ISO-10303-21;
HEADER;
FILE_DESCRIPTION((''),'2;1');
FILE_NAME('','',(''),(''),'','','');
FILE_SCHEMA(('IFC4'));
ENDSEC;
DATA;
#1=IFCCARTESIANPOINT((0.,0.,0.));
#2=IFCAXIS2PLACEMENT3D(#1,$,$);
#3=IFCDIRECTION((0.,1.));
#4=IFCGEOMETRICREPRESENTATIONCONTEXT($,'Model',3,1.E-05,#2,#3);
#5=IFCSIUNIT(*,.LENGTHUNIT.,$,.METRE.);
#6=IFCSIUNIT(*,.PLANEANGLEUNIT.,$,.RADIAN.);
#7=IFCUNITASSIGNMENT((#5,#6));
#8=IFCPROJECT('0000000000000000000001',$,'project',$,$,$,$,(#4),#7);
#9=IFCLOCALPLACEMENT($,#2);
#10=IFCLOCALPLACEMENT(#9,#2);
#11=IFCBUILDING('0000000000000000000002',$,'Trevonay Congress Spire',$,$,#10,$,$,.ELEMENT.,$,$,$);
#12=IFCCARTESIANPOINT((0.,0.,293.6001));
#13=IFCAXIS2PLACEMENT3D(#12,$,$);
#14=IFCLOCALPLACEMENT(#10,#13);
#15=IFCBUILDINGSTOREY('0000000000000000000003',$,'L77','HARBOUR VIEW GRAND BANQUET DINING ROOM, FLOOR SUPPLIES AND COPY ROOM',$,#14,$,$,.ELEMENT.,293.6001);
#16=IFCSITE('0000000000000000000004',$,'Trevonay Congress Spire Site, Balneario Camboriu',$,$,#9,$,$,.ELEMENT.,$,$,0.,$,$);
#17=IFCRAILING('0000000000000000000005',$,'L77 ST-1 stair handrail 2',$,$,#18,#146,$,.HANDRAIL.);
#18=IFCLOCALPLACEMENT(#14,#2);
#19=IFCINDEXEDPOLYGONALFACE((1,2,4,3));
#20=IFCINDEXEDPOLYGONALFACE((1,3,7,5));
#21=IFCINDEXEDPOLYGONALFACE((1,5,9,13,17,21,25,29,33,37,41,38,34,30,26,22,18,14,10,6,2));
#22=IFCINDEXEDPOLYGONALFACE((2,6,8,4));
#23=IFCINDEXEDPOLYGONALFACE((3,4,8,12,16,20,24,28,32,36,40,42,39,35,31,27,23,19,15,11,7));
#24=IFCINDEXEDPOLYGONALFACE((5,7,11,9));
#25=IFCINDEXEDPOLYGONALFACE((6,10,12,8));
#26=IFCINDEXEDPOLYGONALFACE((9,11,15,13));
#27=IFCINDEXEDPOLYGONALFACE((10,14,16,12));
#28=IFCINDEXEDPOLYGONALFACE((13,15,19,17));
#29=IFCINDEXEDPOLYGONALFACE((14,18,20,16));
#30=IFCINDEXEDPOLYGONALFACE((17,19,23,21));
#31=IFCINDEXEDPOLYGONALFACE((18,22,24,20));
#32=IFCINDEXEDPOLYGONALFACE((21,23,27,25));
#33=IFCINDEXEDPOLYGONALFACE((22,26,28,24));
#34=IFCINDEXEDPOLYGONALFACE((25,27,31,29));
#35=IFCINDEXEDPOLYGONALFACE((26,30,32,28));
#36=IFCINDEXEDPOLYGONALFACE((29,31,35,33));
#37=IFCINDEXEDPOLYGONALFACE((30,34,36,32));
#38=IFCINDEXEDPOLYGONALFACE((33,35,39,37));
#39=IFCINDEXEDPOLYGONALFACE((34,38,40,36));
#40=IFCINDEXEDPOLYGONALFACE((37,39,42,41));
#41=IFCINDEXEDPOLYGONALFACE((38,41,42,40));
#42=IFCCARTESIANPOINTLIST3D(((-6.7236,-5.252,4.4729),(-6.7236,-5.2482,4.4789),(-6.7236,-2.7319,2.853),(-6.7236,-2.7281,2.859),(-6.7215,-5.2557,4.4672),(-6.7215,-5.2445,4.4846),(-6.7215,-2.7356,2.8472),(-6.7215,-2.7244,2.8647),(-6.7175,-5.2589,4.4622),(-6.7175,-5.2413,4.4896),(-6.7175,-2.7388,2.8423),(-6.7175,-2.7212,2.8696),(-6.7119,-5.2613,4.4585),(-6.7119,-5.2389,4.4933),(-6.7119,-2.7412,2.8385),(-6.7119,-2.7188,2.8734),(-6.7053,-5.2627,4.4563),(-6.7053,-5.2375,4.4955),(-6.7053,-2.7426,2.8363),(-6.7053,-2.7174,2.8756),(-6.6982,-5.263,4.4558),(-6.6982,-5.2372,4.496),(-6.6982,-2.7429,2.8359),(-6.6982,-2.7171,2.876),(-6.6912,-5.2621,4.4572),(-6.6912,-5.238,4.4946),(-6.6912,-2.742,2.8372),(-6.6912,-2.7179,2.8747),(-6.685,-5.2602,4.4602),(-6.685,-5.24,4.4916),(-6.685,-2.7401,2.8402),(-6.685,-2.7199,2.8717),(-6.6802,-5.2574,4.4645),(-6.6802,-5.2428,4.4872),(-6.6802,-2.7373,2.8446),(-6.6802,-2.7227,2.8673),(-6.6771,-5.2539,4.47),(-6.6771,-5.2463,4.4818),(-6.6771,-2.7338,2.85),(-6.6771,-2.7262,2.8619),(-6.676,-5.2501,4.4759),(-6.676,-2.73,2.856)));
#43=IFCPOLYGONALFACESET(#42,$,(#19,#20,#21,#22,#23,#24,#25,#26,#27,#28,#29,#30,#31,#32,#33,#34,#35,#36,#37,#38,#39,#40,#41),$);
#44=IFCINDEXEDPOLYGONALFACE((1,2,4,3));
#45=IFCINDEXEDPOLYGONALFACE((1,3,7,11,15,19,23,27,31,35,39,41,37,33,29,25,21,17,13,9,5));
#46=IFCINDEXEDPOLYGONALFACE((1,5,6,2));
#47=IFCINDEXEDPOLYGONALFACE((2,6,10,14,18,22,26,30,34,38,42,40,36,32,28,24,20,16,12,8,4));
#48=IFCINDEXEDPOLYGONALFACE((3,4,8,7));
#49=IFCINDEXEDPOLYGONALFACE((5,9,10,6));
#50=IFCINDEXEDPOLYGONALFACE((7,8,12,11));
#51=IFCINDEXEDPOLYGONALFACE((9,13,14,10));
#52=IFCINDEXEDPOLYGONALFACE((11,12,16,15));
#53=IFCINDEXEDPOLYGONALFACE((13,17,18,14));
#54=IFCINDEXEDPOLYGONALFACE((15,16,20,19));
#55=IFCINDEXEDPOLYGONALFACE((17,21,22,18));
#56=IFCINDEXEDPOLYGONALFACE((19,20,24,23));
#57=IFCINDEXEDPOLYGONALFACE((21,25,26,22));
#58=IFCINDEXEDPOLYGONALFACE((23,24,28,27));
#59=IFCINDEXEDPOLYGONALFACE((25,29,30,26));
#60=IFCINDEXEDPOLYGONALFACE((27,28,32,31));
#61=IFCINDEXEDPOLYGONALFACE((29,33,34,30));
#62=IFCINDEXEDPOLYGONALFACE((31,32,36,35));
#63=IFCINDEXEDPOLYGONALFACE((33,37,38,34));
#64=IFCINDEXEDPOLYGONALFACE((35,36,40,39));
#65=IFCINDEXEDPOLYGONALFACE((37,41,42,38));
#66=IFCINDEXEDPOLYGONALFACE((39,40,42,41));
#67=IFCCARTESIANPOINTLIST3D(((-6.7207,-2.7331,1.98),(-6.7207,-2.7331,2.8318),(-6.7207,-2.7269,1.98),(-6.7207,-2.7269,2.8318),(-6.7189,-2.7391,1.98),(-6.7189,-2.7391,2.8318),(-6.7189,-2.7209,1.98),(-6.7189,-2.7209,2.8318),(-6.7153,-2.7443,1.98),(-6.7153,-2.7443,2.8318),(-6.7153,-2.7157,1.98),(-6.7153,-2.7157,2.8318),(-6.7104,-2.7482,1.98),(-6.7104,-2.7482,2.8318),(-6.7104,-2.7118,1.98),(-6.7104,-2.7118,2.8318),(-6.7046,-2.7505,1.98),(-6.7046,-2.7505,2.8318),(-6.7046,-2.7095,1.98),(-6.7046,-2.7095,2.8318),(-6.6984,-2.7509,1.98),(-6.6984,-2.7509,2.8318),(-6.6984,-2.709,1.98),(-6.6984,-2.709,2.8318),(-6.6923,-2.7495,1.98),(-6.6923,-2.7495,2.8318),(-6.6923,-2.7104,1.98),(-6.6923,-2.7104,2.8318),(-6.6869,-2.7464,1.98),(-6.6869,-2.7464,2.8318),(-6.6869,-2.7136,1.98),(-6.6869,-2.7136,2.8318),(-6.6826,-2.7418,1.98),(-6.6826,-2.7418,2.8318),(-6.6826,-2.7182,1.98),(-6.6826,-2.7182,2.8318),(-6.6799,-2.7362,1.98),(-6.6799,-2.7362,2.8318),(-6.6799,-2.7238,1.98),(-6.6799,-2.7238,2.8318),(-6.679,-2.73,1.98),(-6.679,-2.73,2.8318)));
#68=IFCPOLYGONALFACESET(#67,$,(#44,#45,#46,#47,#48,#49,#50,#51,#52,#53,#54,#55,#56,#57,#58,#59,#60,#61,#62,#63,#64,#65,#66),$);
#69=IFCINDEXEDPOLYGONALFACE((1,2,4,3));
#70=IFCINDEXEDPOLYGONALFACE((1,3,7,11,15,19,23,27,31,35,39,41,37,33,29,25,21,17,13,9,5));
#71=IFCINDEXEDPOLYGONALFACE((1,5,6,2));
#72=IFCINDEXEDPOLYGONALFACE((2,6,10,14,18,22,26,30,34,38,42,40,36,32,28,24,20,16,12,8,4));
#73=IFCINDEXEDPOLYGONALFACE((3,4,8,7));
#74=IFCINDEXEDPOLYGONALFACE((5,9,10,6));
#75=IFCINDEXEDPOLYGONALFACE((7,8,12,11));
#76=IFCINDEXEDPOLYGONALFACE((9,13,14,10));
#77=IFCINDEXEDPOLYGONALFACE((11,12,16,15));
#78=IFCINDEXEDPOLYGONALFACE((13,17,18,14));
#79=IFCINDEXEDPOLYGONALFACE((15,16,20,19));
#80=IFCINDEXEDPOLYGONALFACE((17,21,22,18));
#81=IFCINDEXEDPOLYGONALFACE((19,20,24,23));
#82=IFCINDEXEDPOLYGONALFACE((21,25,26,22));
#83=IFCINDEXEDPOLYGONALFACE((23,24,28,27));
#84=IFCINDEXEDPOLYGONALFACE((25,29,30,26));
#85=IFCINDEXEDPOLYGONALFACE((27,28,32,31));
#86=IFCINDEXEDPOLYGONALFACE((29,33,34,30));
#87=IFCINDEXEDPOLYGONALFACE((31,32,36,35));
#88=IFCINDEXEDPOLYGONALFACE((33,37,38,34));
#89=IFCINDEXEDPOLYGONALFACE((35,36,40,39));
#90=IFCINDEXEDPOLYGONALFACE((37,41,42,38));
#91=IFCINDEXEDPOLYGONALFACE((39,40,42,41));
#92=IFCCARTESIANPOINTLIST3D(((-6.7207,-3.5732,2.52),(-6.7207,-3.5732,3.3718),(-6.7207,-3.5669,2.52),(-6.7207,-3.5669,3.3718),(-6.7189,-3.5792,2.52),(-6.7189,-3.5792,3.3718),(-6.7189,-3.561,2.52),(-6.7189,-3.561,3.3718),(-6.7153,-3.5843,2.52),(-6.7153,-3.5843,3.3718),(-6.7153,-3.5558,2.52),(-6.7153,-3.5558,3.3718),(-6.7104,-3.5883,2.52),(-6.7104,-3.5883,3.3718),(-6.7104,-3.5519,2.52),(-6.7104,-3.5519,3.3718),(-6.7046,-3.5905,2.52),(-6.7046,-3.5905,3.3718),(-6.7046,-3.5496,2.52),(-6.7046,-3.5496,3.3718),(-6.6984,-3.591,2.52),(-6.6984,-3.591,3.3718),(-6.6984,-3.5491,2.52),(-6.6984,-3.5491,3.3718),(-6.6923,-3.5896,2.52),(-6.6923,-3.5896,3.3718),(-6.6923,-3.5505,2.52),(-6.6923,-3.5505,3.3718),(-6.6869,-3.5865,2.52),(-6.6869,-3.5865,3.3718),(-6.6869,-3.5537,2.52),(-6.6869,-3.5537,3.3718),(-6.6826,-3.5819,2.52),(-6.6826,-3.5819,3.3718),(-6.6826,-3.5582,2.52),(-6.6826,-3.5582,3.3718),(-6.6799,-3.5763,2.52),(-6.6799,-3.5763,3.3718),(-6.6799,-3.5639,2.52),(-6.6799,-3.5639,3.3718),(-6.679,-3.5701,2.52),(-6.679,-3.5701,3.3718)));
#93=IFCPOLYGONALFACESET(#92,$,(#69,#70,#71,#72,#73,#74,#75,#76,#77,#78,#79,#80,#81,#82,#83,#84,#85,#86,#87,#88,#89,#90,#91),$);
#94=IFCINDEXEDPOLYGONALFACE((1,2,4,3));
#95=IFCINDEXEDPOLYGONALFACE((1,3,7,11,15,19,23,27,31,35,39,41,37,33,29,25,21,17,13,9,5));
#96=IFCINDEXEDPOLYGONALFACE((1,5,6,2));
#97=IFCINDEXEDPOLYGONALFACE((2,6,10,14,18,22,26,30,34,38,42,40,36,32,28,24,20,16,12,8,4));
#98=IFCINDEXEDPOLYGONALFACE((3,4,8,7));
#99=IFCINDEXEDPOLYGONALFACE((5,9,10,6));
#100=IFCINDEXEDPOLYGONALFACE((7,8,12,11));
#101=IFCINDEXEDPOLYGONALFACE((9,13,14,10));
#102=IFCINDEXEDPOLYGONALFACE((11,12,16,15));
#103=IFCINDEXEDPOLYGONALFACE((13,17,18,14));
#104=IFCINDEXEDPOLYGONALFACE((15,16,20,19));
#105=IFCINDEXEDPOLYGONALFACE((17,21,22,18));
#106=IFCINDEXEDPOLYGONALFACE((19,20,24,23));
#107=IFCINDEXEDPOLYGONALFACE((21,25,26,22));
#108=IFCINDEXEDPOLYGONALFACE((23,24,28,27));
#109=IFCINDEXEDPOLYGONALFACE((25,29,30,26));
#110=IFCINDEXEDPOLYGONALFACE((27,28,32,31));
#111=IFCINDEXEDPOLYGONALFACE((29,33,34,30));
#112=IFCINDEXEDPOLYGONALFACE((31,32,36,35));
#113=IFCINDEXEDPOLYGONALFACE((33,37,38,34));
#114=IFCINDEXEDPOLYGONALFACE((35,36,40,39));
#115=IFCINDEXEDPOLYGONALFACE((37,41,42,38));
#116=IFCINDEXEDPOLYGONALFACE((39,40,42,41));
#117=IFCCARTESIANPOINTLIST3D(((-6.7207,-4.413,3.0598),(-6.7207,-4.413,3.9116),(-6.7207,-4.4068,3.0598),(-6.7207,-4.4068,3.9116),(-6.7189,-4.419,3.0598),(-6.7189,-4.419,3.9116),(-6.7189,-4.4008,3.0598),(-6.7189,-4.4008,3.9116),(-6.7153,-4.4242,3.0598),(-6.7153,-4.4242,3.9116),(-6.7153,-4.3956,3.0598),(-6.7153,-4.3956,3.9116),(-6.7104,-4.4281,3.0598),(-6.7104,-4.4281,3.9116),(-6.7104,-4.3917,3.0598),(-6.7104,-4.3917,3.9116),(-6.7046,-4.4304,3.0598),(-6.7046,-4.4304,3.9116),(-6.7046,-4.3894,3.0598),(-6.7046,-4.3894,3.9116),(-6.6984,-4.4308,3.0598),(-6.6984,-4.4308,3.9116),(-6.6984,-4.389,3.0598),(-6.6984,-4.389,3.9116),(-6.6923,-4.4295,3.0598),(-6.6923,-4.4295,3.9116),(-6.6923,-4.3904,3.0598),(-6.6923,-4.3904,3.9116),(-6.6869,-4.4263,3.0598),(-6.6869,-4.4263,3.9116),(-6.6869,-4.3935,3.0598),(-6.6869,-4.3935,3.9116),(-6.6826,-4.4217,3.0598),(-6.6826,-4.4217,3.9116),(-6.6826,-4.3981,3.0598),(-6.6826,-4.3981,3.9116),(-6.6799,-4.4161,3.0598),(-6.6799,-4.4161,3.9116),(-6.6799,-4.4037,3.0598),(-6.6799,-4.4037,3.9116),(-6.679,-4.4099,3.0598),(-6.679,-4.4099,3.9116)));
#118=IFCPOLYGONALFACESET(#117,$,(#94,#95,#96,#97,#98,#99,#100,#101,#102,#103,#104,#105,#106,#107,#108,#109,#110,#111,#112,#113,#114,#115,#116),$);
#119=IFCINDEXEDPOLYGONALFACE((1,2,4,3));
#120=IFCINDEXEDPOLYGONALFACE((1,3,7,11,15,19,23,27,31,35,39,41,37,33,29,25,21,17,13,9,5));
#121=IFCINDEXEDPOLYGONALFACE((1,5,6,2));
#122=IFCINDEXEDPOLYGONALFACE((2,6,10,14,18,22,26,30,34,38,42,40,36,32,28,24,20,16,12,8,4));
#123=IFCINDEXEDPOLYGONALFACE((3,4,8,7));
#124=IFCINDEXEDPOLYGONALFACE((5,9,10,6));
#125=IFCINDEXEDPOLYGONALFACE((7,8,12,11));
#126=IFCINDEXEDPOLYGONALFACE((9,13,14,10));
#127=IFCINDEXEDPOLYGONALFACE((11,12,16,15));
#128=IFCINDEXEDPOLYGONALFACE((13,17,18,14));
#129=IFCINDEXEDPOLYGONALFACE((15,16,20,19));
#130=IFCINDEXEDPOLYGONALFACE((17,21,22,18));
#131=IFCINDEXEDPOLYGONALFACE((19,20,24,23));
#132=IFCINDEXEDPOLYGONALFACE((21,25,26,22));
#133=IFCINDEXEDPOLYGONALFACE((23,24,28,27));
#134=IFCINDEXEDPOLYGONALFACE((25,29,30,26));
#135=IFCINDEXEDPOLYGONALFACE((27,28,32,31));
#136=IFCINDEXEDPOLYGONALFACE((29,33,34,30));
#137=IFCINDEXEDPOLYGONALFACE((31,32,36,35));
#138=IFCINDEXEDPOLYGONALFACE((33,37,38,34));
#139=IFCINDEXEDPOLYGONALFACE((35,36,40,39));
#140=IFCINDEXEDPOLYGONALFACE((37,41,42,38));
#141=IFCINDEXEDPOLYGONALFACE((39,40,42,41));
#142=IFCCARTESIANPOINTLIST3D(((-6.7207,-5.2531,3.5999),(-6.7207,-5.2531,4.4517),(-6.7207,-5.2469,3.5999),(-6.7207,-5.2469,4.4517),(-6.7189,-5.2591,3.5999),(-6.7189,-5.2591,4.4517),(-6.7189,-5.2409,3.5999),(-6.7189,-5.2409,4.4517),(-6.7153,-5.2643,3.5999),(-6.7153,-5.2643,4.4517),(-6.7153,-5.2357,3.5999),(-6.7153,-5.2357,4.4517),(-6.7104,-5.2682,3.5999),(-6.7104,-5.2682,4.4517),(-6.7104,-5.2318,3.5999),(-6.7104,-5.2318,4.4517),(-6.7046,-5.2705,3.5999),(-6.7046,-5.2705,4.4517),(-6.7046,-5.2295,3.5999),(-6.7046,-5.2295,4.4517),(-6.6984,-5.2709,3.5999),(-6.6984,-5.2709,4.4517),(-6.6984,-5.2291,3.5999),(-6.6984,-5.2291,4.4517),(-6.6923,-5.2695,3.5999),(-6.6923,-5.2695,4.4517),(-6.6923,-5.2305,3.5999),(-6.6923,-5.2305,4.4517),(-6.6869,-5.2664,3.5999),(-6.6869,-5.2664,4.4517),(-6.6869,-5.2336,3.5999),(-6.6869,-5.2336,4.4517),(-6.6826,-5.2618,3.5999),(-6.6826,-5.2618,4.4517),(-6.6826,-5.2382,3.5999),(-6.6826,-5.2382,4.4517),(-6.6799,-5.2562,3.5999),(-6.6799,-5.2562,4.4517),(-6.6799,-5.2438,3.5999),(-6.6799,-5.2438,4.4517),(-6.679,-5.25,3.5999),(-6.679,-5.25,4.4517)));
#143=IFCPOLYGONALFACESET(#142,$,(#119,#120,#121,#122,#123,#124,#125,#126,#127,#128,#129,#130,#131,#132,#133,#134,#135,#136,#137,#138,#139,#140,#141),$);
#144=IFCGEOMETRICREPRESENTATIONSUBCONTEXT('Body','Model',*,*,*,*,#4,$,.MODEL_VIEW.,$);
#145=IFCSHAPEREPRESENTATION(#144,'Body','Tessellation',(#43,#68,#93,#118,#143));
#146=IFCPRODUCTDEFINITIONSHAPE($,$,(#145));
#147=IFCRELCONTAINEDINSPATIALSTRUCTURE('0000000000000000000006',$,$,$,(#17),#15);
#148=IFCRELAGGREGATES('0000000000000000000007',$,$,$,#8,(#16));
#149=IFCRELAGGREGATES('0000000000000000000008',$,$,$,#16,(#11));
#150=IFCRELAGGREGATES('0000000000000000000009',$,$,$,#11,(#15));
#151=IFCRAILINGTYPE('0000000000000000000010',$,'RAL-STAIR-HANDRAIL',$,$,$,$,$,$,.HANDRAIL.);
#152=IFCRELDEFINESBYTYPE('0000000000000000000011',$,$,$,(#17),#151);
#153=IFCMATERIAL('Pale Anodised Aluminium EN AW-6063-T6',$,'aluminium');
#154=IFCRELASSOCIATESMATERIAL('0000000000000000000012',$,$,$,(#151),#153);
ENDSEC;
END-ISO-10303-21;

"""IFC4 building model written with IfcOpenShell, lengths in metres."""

from ifc_helpers import new_model, si_unit, direction, frame, origin, origin_2d, place, context, subcontext, project, spatial, circle, extrude, material, type_object, element, save


model = new_model("IFC4")

# Units and contexts
model_context = context("Model", 3, precision=1e-05, world=origin(), true_north=direction((0.0, 1.0)))
body_context = subcontext(model_context, "Body", "Model", "MODEL_VIEW")
ifc_project = project(units=[si_unit("LENGTHUNIT", "METRE"), si_unit("PLANEANGLEUNIT", "RADIAN")], contexts=[model_context])

# Site, building, storey
site_placement = place(None, origin())
site = spatial("IfcSite", under=ifc_project, at=site_placement, Name="Trevonay Congress Spire Site, Balneario Camboriu", CompositionType="ELEMENT", RefElevation=0.0)
building_placement = place(site_placement, origin())
building = spatial("IfcBuilding", under=site, at=building_placement, Name="Trevonay Congress Spire", CompositionType="ELEMENT")
storey_placement = place(building_placement, frame((0.0, 0.0, 293.6001)))
storey = spatial("IfcBuildingStorey", under=building, at=storey_placement, Name="L77", Description="HARBOUR VIEW GRAND BANQUET DINING ROOM, FLOOR SUPPLIES AND COPY ROOM", CompositionType="ELEMENT", Elevation=293.6001)

# Railing
ifc_material_1 = material(Name="Pale Anodised Aluminium EN AW-6063-T6", Category="aluminium")
railing_type_1 = type_object("IfcRailingType", Name="RAL-STAIR-HANDRAIL", PredefinedType="HANDRAIL", material=ifc_material_1)
railing_1_placement = place(storey_placement, frame((-6.7, -2.73, 1.98)))
element("IfcRailing", 1, at=railing_1_placement, inside=storey, type_object=railing_type_1, Name="L77 ST-1 stair handrail 2", PredefinedType="HANDRAIL", context=body_context, shape_type="SweptSolid", body=[
    extrude(circle(Radius=0.0239, at=origin_2d()), frame((0.0, 0.0, 0.876), z_axis=(0.0, -0.8412, 0.540725), x_axis=(1.0, 0.0, 0.0)), (0.0, 0.0, 1.0), 2.9958),
    extrude(circle(Radius=0.021, at=origin_2d()), origin(), (0.0, 0.0, 1.0), 0.8518),
    extrude(circle(Radius=0.021, at=origin_2d()), frame((0.0, -0.8401, 0.54)), (0.0, 0.0, 1.0), 0.8518),
    extrude(circle(Radius=0.021, at=origin_2d()), frame((0.0, -1.6799, 1.0798)), (0.0, 0.0, 1.0), 0.8518),
    extrude(circle(Radius=0.021, at=origin_2d()), frame((0.0, -2.52, 1.6199)), (0.0, 0.0, 1.0), 0.8518),
])

save(model, "model.ifc")
